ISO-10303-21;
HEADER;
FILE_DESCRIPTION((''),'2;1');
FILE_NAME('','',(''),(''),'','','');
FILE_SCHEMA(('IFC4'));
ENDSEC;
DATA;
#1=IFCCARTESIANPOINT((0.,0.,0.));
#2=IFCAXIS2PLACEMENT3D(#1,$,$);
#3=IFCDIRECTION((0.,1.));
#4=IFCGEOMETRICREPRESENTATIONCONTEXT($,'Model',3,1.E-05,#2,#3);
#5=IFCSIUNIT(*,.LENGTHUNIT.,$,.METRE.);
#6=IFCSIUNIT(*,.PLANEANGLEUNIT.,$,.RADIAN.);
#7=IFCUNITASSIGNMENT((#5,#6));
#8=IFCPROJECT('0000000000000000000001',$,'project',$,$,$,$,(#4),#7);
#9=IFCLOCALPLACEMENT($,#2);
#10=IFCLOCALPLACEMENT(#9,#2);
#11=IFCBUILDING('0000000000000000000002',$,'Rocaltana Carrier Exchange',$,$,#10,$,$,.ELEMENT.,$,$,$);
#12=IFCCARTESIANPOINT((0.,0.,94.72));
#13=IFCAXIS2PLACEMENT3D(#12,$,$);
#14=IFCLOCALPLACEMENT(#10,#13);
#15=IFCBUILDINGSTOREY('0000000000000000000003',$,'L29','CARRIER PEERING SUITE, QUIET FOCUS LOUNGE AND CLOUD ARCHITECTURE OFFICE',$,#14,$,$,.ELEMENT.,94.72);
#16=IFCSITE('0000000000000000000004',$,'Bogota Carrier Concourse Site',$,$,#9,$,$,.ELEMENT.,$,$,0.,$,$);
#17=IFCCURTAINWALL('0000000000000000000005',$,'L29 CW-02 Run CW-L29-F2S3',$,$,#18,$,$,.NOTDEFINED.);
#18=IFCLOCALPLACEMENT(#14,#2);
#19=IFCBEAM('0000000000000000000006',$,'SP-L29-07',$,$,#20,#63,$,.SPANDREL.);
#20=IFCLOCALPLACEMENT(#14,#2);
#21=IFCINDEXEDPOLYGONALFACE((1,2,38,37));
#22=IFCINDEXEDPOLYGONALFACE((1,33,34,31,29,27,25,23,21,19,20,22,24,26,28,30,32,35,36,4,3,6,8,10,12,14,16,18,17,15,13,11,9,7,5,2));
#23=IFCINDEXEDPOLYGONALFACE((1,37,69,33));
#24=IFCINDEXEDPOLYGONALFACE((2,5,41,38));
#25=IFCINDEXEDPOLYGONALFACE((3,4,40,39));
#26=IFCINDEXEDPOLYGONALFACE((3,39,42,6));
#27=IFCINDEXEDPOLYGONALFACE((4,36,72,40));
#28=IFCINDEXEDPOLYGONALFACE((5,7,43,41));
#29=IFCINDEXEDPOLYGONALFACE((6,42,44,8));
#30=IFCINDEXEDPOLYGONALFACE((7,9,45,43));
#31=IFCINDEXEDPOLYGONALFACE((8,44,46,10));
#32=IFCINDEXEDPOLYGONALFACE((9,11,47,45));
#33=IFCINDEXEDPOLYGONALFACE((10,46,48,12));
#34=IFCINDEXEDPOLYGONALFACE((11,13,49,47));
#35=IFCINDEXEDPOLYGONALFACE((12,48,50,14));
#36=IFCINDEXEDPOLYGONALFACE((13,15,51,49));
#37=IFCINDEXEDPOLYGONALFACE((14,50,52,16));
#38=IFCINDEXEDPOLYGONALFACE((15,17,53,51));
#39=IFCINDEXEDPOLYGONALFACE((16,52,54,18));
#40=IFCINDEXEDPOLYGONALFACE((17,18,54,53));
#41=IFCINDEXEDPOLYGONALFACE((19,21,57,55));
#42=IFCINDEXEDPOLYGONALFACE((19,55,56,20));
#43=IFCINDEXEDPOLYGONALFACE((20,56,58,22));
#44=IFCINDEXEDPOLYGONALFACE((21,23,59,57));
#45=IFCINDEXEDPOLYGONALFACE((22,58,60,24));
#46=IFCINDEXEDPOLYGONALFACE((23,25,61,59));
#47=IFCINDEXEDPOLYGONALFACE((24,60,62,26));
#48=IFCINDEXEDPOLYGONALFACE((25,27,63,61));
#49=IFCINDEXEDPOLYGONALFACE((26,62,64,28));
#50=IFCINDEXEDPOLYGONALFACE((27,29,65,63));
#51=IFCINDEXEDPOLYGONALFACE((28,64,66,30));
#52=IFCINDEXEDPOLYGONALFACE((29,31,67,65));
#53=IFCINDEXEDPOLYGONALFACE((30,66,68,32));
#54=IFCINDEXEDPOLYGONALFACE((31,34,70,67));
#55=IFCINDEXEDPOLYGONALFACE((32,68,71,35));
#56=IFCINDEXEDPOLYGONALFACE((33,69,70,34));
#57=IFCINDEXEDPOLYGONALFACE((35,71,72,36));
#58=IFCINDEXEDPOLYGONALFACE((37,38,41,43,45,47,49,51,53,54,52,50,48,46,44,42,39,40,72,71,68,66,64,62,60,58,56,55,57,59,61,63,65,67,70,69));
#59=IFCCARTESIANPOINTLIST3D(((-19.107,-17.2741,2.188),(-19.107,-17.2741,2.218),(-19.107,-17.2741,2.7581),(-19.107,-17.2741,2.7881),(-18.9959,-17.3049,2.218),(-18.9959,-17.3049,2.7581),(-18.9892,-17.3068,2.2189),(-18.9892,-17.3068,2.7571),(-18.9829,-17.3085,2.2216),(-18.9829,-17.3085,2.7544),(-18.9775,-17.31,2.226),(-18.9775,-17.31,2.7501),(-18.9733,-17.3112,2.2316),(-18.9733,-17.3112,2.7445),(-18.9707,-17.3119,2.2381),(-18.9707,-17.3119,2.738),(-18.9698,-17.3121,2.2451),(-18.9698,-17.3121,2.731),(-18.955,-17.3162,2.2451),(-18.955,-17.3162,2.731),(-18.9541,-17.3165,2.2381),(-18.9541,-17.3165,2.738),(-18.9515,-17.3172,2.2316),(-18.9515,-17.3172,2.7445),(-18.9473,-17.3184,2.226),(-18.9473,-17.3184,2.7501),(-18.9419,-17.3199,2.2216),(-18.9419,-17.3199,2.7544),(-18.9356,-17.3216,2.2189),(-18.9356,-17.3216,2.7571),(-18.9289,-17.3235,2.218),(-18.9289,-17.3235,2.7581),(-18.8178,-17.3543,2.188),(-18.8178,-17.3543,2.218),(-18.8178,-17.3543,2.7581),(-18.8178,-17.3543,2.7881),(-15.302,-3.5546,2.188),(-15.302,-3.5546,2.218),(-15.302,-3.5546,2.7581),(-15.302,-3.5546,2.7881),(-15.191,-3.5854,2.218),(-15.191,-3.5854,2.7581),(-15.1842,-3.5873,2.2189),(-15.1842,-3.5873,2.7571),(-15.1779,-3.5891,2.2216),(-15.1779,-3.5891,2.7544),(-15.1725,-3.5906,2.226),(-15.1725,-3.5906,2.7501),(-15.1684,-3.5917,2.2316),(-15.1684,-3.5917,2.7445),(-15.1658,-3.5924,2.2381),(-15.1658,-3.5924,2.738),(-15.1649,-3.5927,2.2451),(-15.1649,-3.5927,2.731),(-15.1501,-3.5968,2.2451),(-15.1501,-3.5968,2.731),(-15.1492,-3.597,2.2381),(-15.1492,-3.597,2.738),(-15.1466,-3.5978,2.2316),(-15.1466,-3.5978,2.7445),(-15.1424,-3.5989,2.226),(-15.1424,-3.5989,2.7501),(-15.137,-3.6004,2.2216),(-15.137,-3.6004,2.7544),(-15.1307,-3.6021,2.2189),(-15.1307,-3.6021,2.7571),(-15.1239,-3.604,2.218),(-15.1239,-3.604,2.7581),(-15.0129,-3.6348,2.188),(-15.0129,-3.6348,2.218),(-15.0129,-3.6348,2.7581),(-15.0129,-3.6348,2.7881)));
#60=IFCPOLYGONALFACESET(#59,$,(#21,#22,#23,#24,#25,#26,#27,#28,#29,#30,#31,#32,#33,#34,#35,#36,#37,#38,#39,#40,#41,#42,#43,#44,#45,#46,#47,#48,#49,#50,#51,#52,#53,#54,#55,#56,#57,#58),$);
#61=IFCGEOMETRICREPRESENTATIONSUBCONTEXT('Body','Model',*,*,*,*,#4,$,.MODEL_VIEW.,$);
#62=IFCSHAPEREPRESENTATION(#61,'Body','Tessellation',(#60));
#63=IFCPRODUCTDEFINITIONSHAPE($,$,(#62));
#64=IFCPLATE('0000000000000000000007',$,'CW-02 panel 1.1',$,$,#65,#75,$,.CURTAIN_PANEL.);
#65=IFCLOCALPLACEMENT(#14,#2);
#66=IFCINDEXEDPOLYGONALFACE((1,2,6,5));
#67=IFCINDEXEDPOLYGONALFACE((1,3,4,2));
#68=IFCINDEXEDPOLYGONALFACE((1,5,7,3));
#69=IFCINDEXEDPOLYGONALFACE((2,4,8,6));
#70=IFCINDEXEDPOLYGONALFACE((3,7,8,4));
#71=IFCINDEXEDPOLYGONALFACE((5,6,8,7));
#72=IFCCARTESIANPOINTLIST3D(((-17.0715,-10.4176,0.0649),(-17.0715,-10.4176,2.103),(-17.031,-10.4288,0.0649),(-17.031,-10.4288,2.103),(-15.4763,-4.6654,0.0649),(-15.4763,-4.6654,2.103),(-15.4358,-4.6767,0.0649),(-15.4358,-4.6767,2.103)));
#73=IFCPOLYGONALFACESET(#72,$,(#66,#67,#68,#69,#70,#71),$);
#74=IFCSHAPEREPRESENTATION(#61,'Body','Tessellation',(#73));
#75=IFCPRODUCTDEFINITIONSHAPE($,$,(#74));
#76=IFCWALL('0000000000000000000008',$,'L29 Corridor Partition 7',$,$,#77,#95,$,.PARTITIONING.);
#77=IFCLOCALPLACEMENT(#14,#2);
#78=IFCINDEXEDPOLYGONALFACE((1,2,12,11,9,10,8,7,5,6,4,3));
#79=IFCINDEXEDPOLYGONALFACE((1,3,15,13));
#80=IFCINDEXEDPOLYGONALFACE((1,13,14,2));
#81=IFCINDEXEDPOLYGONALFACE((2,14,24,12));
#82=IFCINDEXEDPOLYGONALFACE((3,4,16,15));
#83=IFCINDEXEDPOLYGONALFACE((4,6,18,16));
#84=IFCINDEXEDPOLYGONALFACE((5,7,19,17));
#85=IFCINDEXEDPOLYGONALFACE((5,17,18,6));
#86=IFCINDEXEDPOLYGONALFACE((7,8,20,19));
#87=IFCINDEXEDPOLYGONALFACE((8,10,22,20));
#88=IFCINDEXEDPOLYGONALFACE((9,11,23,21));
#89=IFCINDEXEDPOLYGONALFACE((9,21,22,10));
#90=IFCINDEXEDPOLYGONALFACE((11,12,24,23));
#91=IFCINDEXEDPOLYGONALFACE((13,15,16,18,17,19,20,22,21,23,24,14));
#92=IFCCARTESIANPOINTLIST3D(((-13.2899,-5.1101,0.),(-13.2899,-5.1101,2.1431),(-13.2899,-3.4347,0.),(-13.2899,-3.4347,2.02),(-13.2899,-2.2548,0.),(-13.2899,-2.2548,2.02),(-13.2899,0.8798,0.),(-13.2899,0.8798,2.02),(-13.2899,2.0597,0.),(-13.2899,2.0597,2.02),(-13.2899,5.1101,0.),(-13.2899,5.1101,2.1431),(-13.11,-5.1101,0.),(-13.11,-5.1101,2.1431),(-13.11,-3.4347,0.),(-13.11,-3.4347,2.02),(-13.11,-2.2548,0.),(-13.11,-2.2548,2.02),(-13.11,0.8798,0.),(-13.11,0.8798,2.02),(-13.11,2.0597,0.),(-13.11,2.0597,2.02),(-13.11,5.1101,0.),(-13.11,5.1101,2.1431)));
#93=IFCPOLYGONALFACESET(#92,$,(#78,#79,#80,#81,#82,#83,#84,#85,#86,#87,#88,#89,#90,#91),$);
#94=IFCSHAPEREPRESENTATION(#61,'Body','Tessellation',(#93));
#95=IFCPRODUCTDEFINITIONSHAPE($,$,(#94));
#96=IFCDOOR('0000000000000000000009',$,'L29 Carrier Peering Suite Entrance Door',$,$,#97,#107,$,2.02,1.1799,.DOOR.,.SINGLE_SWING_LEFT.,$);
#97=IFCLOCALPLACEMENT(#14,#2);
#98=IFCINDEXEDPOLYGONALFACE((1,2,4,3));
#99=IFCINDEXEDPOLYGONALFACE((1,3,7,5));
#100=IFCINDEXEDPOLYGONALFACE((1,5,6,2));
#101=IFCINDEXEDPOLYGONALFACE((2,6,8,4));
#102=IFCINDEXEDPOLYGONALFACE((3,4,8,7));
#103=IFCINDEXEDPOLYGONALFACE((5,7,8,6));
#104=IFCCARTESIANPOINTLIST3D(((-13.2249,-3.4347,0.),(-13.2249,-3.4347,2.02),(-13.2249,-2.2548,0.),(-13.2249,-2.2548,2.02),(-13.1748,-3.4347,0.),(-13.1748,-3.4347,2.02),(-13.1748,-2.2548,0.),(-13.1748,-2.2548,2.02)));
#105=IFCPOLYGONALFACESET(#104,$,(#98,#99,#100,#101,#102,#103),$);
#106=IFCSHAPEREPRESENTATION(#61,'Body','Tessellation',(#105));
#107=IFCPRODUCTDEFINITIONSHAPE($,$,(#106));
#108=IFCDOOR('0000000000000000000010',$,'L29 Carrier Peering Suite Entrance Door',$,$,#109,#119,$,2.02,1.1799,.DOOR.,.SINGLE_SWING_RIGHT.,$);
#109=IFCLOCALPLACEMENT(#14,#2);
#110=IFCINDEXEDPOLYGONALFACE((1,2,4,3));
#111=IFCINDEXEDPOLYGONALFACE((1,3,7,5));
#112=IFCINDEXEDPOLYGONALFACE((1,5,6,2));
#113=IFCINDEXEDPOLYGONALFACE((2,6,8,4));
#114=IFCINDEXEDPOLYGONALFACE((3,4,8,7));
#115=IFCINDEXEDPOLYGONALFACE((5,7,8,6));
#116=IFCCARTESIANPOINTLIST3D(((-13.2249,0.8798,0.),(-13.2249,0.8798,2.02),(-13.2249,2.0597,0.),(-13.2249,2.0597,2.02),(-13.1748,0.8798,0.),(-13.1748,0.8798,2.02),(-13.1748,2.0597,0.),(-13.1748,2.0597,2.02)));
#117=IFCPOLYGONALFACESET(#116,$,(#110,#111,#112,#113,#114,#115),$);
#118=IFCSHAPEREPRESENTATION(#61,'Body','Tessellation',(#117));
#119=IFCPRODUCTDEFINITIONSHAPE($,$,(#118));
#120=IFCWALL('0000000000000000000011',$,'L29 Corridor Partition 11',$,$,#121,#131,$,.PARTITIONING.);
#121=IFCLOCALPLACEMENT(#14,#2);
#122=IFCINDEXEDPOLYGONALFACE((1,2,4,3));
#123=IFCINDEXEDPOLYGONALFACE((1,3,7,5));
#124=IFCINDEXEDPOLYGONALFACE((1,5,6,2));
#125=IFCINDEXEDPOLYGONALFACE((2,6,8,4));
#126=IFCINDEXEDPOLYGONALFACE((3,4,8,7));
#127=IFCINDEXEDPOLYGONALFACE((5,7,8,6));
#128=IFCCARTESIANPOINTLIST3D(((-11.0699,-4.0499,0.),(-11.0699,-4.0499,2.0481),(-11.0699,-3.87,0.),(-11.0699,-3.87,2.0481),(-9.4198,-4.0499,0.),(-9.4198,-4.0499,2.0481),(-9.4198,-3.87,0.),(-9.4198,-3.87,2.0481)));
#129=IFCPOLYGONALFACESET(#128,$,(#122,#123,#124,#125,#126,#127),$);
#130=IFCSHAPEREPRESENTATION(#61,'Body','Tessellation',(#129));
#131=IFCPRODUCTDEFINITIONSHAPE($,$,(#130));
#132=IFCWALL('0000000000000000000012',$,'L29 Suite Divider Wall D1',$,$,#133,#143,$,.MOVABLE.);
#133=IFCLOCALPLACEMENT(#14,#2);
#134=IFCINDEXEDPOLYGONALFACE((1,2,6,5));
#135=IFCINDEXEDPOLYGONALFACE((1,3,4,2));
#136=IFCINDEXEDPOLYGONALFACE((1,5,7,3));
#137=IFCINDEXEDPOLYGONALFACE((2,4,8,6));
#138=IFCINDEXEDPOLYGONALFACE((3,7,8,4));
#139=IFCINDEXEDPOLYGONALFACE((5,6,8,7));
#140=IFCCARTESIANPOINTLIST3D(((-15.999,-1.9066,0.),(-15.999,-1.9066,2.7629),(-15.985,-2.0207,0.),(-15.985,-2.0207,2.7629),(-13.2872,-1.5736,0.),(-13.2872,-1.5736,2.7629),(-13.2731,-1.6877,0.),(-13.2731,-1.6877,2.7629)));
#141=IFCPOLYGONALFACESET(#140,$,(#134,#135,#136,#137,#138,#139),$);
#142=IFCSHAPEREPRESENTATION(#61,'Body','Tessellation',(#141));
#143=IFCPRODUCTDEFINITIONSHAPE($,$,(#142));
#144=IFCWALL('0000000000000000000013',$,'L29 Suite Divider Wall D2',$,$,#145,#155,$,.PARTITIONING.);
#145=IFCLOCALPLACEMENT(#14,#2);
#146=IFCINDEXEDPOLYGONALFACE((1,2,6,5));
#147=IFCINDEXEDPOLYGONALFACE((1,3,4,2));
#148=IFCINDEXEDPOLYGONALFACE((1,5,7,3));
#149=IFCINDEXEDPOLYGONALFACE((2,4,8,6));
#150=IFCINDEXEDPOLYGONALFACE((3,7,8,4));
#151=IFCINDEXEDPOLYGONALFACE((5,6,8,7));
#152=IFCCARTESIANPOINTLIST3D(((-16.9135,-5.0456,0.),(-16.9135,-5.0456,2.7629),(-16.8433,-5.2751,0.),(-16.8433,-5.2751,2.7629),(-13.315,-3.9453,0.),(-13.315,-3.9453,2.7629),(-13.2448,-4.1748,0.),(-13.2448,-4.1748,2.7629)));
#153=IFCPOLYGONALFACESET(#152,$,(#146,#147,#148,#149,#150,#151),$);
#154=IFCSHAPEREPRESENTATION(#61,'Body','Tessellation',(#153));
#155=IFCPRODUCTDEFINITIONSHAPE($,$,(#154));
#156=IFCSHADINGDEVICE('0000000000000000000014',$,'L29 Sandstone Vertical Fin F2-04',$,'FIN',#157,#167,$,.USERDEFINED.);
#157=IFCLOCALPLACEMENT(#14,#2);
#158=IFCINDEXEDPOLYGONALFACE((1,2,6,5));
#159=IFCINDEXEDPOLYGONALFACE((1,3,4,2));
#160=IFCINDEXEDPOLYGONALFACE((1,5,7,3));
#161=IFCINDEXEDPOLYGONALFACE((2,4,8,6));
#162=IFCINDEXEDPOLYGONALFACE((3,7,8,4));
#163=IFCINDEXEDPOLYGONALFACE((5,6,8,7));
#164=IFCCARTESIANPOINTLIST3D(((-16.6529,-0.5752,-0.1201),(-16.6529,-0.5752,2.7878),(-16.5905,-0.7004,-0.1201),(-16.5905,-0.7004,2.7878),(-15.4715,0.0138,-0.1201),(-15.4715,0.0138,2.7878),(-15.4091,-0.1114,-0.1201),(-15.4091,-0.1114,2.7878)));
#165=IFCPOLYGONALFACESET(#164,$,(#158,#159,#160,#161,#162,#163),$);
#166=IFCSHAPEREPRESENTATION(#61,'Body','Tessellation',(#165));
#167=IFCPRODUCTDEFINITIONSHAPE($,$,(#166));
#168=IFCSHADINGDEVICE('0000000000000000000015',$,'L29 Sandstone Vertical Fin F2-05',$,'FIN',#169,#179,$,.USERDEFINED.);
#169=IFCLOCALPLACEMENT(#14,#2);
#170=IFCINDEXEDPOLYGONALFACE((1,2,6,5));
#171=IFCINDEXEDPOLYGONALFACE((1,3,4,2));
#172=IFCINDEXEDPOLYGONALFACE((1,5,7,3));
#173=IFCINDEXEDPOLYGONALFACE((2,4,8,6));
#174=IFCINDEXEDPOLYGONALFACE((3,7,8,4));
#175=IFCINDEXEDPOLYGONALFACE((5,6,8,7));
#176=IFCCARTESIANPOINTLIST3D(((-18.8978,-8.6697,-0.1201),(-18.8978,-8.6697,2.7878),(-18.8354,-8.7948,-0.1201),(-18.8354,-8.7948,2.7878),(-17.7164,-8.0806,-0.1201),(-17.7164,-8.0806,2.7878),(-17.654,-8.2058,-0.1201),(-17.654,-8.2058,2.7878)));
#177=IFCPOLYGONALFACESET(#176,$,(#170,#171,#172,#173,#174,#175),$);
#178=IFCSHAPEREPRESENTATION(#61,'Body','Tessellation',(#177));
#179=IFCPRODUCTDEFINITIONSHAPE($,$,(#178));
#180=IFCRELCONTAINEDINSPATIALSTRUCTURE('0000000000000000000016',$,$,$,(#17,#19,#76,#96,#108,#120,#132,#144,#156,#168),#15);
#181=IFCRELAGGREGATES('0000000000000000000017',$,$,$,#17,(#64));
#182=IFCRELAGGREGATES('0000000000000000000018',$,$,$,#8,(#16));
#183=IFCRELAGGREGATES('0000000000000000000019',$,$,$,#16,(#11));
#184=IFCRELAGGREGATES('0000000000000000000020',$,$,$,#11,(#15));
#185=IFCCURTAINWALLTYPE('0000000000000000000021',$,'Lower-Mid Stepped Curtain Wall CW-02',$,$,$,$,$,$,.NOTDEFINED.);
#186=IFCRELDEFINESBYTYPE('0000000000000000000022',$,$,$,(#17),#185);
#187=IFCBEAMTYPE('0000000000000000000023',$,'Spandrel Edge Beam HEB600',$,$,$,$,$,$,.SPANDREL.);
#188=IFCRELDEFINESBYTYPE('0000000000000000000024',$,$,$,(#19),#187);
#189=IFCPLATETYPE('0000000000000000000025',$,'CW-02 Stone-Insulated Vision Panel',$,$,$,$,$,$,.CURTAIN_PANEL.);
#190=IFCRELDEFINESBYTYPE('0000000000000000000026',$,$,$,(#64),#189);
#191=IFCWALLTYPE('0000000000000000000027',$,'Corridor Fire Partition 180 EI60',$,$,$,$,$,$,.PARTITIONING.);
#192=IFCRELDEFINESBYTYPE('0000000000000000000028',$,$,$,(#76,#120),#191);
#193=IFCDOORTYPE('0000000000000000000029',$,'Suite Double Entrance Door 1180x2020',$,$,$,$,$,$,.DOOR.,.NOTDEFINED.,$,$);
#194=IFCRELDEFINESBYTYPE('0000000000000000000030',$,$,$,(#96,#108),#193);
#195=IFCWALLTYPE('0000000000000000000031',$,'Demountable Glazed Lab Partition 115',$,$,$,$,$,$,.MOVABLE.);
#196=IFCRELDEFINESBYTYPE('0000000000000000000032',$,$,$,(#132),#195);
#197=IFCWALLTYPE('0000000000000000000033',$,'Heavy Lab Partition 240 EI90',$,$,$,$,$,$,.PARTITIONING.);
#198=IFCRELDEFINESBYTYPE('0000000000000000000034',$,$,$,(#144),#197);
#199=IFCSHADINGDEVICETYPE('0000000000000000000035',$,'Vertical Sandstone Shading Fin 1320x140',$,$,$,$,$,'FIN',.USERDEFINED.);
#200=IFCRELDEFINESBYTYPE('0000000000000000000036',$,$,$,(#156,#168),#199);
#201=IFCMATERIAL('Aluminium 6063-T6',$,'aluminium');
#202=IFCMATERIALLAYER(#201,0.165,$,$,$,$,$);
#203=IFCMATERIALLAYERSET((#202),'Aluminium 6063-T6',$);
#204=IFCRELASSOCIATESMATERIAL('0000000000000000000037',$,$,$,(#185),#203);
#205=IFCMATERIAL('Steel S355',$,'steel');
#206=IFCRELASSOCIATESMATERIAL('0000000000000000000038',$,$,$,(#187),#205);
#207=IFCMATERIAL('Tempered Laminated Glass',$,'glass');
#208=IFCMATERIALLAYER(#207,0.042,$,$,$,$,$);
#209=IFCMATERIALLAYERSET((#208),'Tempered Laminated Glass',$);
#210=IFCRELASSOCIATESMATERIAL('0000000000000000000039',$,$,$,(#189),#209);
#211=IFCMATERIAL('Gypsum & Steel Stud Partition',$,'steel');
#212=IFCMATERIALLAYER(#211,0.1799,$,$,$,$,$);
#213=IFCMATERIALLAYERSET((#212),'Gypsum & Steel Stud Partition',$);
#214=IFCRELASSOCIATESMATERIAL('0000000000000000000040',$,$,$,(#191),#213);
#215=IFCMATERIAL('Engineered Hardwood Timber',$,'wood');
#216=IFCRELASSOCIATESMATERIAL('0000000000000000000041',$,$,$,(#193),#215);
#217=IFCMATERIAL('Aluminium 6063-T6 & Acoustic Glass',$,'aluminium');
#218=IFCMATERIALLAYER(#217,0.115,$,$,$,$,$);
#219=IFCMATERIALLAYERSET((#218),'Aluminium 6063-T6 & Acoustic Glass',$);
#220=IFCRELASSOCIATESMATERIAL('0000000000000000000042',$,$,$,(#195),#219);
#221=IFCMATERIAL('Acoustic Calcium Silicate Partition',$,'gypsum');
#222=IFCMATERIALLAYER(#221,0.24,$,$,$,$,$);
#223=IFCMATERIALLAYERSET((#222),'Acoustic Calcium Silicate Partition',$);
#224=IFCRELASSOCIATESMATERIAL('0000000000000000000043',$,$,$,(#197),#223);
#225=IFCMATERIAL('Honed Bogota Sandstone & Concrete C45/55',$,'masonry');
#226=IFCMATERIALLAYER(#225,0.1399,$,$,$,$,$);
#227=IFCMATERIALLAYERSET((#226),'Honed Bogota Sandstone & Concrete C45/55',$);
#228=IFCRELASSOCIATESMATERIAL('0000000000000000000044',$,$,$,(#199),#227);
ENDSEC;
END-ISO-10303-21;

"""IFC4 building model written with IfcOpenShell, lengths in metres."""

from ifc_helpers import new_model, si_unit, direction, frame, frame_2d, origin, origin_2d, place, context, subcontext, project, spatial, rectangle, i_section, extrude, material, layer, layer_set, material_profile, profile_set, type_object, element, fill, aggregate, save


model = new_model("IFC4")

# Units and contexts
model_context = context("Model", 3, precision=1e-05, world=origin(), true_north=direction((0.0, 1.0)))
body_context = subcontext(model_context, "Body", "Model", "MODEL_VIEW")
ifc_project = project(units=[si_unit("LENGTHUNIT", "METRE"), si_unit("PLANEANGLEUNIT", "RADIAN")], contexts=[model_context])

# Site, building, storey
site_placement = place(None, origin())
site = spatial("IfcSite", under=ifc_project, at=site_placement, Name="Bogota Carrier Concourse Site", CompositionType="ELEMENT", RefElevation=0.0)
building_placement = place(site_placement, origin())
building = spatial("IfcBuilding", under=site, at=building_placement, Name="Rocaltana Carrier Exchange", CompositionType="ELEMENT")
storey_placement = place(building_placement, frame((0.0, 0.0, 94.72)))
storey = spatial("IfcBuildingStorey", under=building, at=storey_placement, Name="L29", Description="CARRIER PEERING SUITE, QUIET FOCUS LOUNGE AND CLOUD ARCHITECTURE OFFICE", CompositionType="ELEMENT", Elevation=94.72)

# Shared definitions
ifc_material_1 = material(Name="Aluminium 6063-T6", Category="aluminium")
ifc_layer_1 = layer(ifc_material_1, 0.165)
ifc_layer_set_1 = layer_set([ifc_layer_1], Name="Aluminium 6063-T6")
curtain_wall_type = type_object("IfcCurtainWallType", Name="Lower-Mid Stepped Curtain Wall CW-02", PredefinedType="NOTDEFINED", material=ifc_layer_set_1)

# Curtain wall
curtain_wall_1_placement = place(storey_placement, origin())
curtain_wall_1 = element("IfcCurtainWall", 1, at=curtain_wall_1_placement, inside=storey, type_object=curtain_wall_type, Name="L29 CW-02 Run CW-L29-F2S3", PredefinedType="NOTDEFINED")

# Beam
ifc_material_2 = material(Name="Steel S355", Category="steel")
ifc_material_profile_1 = material_profile(ifc_material_2, i_section(OverallWidth=0.3, OverallDepth=0.6001, WebThickness=0.0154, FlangeThickness=0.03, FilletRadius=0.0271, at=origin_2d()), Name="HEB600")
ifc_profile_set_1 = profile_set([ifc_material_profile_1], Name="Steel S355")
beam_type_1 = type_object("IfcBeamType", Name="Spandrel Edge Beam HEB600", PredefinedType="SPANDREL", material=ifc_profile_set_1)
beam_1_placement = place(storey_placement, frame((-15.1575, -3.5947, 2.488), z_axis=(-0.26725, -0.963627, 0.0), x_axis=(0.963627, -0.26725, 0.0)))
element("IfcBeam", 2, at=beam_1_placement, inside=storey, type_object=beam_type_1, Name="SP-L29-07", PredefinedType="SPANDREL", context=body_context, shape_type="SweptSolid", body=[
    extrude(i_section(OverallWidth=0.3, OverallDepth=0.6001, WebThickness=0.0154, FlangeThickness=0.03, FilletRadius=0.0271, at=origin_2d()), origin(), (0.0, 0.0, 1.0), 14.2373),
])

# Plate
ifc_material_3 = material(Name="Tempered Laminated Glass", Category="glass")
ifc_layer_2 = layer(ifc_material_3, 0.042)
ifc_layer_set_2 = layer_set([ifc_layer_2], Name="Tempered Laminated Glass")
plate_type = type_object("IfcPlateType", Name="CW-02 Stone-Insulated Vision Panel", PredefinedType="CURTAIN_PANEL", material=ifc_layer_set_2)
plate_placement = place(storey_placement, frame((-16.2537, -7.5471, 0.0649), z_axis=(0.0, 0.0, 1.0), x_axis=(-0.267243, -0.963629, 0.0)))
plate = element("IfcPlate", 3, at=plate_placement, type_object=plate_type, Name="CW-02 panel 1.1", PredefinedType="CURTAIN_PANEL", context=body_context, shape_type="SweptSolid", body=[
    extrude(rectangle(XDim=5.9692, YDim=0.042, at=origin_2d()), origin(), (0.0, 0.0, 1.0), 2.0381),
])
aggregate(curtain_wall_1, [plate])

# Wall, openings, doors
ifc_material_4 = material(Name="Gypsum & Steel Stud Partition", Category="steel")
ifc_layer_3 = layer(ifc_material_4, 0.1799)
ifc_layer_set_3 = layer_set([ifc_layer_3], Name="Gypsum & Steel Stud Partition")
wall_type_1 = type_object("IfcWallType", Name="Corridor Fire Partition 180 EI60", PredefinedType="PARTITIONING", material=ifc_layer_set_3)
wall_1_placement = place(storey_placement, frame((-13.2, -5.1101, 0.0), z_axis=(0.0, 0.0, 1.0), x_axis=(0.0, 1.0, 0.0)))
wall_1 = element("IfcWall", 4, at=wall_1_placement, inside=storey, type_object=wall_type_1, Name="L29 Corridor Partition 7", PredefinedType="PARTITIONING", context=body_context, shape_type="SweptSolid", body=[
    extrude(rectangle(XDim=10.2202, YDim=0.1799, at=frame_2d((5.1101, 0.0))), origin(), (0.0, 0.0, 1.0), 2.1431),
])
opening_1_placement = place(wall_1_placement, frame((1.6755, 0.0, 0.0)))
opening_1 = element("IfcOpeningElement", 5, at=opening_1_placement, cuts=wall_1, PredefinedType="OPENING", context=body_context, shape_type="SweptSolid", body=[
    extrude(rectangle(XDim=1.1799, YDim=2.02, at=frame_2d((0.5898, 1.01))), frame((0.0, 0.0999, 0.0), z_axis=(0.0, -1.0, 0.0), x_axis=(1.0, 0.0, 0.0)), (0.0, 0.0, 1.0), 0.2),
])
opening_2_placement = place(wall_1_placement, frame((5.99, 0.0, 0.0)))
opening_2 = element("IfcOpeningElement", 6, at=opening_2_placement, cuts=wall_1, PredefinedType="OPENING", context=body_context, shape_type="SweptSolid", body=[
    extrude(rectangle(XDim=1.1799, YDim=2.02, at=frame_2d((0.5898, 1.01))), frame((0.0, 0.0999, 0.0), z_axis=(0.0, -1.0, 0.0), x_axis=(1.0, 0.0, 0.0)), (0.0, 0.0, 1.0), 0.2),
])
ifc_material_5 = material(Name="Engineered Hardwood Timber", Category="wood")
door_type = type_object("IfcDoorType", Name="Suite Double Entrance Door 1180x2020", OperationType="NOTDEFINED", PredefinedType="DOOR", material=ifc_material_5)
door_1_placement = place(opening_1_placement, origin())
door_1 = element("IfcDoor", 7, at=door_1_placement, inside=storey, type_object=door_type, Name="L29 Carrier Peering Suite Entrance Door", OperationType="SINGLE_SWING_LEFT", OverallHeight=2.02, OverallWidth=1.1799, PredefinedType="DOOR", context=body_context, shape_type="SweptSolid", body=[
    extrude(rectangle(XDim=1.1799, YDim=2.02, at=frame_2d((0.5898, 1.01))), frame((0.0, 0.0249, 0.0), z_axis=(0.0, -1.0, 0.0), x_axis=(1.0, 0.0, 0.0)), (0.0, 0.0, 1.0), 0.05),
])
fill(opening_1, door_1)
door_2_placement = place(opening_2_placement, origin())
door_2 = element("IfcDoor", 8, at=door_2_placement, inside=storey, type_object=door_type, Name="L29 Carrier Peering Suite Entrance Door", OperationType="SINGLE_SWING_RIGHT", OverallHeight=2.02, OverallWidth=1.1799, PredefinedType="DOOR", context=body_context, shape_type="SweptSolid", body=[
    extrude(rectangle(XDim=1.1799, YDim=2.02, at=frame_2d((0.5898, 1.01))), frame((0.0, 0.0249, 0.0), z_axis=(0.0, -1.0, 0.0), x_axis=(1.0, 0.0, 0.0)), (0.0, 0.0, 1.0), 0.05),
])
fill(opening_2, door_2)

# Walls
wall_2_placement = place(storey_placement, frame((-11.0701, -3.96, 0.0), z_axis=(0.0, 0.0, 1.0), x_axis=(1.0, 0.0, 0.0)))
element("IfcWall", 9, at=wall_2_placement, inside=storey, type_object=wall_type_1, Name="L29 Corridor Partition 11", PredefinedType="PARTITIONING", context=body_context, shape_type="SweptSolid", body=[
    extrude(rectangle(XDim=1.6501, YDim=0.1799, at=frame_2d((0.8252, 0.0))), origin(), (0.0, 0.0, 1.0), 2.0481),
])
ifc_material_6 = material(Name="Aluminium 6063-T6 & Acoustic Glass", Category="aluminium")
ifc_layer_4 = layer(ifc_material_6, 0.115)
ifc_layer_set_4 = layer_set([ifc_layer_4], Name="Aluminium 6063-T6 & Acoustic Glass")
wall_type_2 = type_object("IfcWallType", Name="Demountable Glazed Lab Partition 115", PredefinedType="MOVABLE", material=ifc_layer_set_4)
wall_3_placement = place(storey_placement, frame((-13.28, -1.6306, 0.0), z_axis=(0.0, 0.0, 1.0), x_axis=(-0.992545, -0.121879, 0.0)))
element("IfcWall", 10, at=wall_3_placement, inside=storey, type_object=wall_type_2, Name="L29 Suite Divider Wall D1", PredefinedType="MOVABLE", context=body_context, shape_type="SweptSolid", body=[
    extrude(rectangle(XDim=2.7322, YDim=0.115, at=frame_2d((1.3662, 0.0))), origin(), (0.0, 0.0, 1.0), 2.7629),
])
ifc_material_7 = material(Name="Acoustic Calcium Silicate Partition", Category="gypsum")
ifc_layer_5 = layer(ifc_material_7, 0.24)
ifc_layer_set_5 = layer_set([ifc_layer_5], Name="Acoustic Calcium Silicate Partition")
wall_type_3 = type_object("IfcWallType", Name="Heavy Lab Partition 240 EI90", PredefinedType="PARTITIONING", material=ifc_layer_set_5)
wall_4_placement = place(storey_placement, frame((-13.28, -4.0601, 0.0), z_axis=(0.0, 0.0, 1.0), x_axis=(-0.95629, -0.292421, 0.0)))
element("IfcWall", 11, at=wall_4_placement, inside=storey, type_object=wall_type_3, Name="L29 Suite Divider Wall D2", PredefinedType="PARTITIONING", context=body_context, shape_type="SweptSolid", body=[
    extrude(rectangle(XDim=3.7629, YDim=0.24, at=frame_2d((1.8813, 0.0))), origin(), (0.0, 0.0, 1.0), 2.7629),
])

# Shading devices
ifc_material_8 = material(Name="Honed Bogota Sandstone & Concrete C45/55", Category="masonry")
ifc_layer_6 = layer(ifc_material_8, 0.1399)
ifc_layer_set_6 = layer_set([ifc_layer_6], Name="Honed Bogota Sandstone & Concrete C45/55")
shading_device_type = type_object("IfcShadingDeviceType", Name="Vertical Sandstone Shading Fin 1320x140", ElementType="FIN", PredefinedType="USERDEFINED", material=ifc_layer_set_6)
for number, where, z_axis, x_axis, name in (
    (12, (-16.031, -0.3433, -0.1201), (0.0, 0.0, 1.0), (-0.894934, -0.446198, 0.0), "L29 Sandstone Vertical Fin F2-04"),
    (13, (-18.2759, -8.4377, -0.1201), (0.0, 0.0, 1.0), (-0.894934, -0.446198, 0.0), "L29 Sandstone Vertical Fin F2-05"),
):
    element("IfcShadingDevice", number, at=place(storey_placement, frame(where, z_axis=z_axis, x_axis=x_axis)), inside=storey, type_object=shading_device_type, Name=name, ObjectType="FIN", PredefinedType="USERDEFINED", context=body_context, shape_type="SweptSolid", body=[
        extrude(rectangle(XDim=1.3201, YDim=0.1399, at=origin_2d()), origin(), (0.0, 0.0, 1.0), 2.908),
    ])

save(model, "model.ifc")
